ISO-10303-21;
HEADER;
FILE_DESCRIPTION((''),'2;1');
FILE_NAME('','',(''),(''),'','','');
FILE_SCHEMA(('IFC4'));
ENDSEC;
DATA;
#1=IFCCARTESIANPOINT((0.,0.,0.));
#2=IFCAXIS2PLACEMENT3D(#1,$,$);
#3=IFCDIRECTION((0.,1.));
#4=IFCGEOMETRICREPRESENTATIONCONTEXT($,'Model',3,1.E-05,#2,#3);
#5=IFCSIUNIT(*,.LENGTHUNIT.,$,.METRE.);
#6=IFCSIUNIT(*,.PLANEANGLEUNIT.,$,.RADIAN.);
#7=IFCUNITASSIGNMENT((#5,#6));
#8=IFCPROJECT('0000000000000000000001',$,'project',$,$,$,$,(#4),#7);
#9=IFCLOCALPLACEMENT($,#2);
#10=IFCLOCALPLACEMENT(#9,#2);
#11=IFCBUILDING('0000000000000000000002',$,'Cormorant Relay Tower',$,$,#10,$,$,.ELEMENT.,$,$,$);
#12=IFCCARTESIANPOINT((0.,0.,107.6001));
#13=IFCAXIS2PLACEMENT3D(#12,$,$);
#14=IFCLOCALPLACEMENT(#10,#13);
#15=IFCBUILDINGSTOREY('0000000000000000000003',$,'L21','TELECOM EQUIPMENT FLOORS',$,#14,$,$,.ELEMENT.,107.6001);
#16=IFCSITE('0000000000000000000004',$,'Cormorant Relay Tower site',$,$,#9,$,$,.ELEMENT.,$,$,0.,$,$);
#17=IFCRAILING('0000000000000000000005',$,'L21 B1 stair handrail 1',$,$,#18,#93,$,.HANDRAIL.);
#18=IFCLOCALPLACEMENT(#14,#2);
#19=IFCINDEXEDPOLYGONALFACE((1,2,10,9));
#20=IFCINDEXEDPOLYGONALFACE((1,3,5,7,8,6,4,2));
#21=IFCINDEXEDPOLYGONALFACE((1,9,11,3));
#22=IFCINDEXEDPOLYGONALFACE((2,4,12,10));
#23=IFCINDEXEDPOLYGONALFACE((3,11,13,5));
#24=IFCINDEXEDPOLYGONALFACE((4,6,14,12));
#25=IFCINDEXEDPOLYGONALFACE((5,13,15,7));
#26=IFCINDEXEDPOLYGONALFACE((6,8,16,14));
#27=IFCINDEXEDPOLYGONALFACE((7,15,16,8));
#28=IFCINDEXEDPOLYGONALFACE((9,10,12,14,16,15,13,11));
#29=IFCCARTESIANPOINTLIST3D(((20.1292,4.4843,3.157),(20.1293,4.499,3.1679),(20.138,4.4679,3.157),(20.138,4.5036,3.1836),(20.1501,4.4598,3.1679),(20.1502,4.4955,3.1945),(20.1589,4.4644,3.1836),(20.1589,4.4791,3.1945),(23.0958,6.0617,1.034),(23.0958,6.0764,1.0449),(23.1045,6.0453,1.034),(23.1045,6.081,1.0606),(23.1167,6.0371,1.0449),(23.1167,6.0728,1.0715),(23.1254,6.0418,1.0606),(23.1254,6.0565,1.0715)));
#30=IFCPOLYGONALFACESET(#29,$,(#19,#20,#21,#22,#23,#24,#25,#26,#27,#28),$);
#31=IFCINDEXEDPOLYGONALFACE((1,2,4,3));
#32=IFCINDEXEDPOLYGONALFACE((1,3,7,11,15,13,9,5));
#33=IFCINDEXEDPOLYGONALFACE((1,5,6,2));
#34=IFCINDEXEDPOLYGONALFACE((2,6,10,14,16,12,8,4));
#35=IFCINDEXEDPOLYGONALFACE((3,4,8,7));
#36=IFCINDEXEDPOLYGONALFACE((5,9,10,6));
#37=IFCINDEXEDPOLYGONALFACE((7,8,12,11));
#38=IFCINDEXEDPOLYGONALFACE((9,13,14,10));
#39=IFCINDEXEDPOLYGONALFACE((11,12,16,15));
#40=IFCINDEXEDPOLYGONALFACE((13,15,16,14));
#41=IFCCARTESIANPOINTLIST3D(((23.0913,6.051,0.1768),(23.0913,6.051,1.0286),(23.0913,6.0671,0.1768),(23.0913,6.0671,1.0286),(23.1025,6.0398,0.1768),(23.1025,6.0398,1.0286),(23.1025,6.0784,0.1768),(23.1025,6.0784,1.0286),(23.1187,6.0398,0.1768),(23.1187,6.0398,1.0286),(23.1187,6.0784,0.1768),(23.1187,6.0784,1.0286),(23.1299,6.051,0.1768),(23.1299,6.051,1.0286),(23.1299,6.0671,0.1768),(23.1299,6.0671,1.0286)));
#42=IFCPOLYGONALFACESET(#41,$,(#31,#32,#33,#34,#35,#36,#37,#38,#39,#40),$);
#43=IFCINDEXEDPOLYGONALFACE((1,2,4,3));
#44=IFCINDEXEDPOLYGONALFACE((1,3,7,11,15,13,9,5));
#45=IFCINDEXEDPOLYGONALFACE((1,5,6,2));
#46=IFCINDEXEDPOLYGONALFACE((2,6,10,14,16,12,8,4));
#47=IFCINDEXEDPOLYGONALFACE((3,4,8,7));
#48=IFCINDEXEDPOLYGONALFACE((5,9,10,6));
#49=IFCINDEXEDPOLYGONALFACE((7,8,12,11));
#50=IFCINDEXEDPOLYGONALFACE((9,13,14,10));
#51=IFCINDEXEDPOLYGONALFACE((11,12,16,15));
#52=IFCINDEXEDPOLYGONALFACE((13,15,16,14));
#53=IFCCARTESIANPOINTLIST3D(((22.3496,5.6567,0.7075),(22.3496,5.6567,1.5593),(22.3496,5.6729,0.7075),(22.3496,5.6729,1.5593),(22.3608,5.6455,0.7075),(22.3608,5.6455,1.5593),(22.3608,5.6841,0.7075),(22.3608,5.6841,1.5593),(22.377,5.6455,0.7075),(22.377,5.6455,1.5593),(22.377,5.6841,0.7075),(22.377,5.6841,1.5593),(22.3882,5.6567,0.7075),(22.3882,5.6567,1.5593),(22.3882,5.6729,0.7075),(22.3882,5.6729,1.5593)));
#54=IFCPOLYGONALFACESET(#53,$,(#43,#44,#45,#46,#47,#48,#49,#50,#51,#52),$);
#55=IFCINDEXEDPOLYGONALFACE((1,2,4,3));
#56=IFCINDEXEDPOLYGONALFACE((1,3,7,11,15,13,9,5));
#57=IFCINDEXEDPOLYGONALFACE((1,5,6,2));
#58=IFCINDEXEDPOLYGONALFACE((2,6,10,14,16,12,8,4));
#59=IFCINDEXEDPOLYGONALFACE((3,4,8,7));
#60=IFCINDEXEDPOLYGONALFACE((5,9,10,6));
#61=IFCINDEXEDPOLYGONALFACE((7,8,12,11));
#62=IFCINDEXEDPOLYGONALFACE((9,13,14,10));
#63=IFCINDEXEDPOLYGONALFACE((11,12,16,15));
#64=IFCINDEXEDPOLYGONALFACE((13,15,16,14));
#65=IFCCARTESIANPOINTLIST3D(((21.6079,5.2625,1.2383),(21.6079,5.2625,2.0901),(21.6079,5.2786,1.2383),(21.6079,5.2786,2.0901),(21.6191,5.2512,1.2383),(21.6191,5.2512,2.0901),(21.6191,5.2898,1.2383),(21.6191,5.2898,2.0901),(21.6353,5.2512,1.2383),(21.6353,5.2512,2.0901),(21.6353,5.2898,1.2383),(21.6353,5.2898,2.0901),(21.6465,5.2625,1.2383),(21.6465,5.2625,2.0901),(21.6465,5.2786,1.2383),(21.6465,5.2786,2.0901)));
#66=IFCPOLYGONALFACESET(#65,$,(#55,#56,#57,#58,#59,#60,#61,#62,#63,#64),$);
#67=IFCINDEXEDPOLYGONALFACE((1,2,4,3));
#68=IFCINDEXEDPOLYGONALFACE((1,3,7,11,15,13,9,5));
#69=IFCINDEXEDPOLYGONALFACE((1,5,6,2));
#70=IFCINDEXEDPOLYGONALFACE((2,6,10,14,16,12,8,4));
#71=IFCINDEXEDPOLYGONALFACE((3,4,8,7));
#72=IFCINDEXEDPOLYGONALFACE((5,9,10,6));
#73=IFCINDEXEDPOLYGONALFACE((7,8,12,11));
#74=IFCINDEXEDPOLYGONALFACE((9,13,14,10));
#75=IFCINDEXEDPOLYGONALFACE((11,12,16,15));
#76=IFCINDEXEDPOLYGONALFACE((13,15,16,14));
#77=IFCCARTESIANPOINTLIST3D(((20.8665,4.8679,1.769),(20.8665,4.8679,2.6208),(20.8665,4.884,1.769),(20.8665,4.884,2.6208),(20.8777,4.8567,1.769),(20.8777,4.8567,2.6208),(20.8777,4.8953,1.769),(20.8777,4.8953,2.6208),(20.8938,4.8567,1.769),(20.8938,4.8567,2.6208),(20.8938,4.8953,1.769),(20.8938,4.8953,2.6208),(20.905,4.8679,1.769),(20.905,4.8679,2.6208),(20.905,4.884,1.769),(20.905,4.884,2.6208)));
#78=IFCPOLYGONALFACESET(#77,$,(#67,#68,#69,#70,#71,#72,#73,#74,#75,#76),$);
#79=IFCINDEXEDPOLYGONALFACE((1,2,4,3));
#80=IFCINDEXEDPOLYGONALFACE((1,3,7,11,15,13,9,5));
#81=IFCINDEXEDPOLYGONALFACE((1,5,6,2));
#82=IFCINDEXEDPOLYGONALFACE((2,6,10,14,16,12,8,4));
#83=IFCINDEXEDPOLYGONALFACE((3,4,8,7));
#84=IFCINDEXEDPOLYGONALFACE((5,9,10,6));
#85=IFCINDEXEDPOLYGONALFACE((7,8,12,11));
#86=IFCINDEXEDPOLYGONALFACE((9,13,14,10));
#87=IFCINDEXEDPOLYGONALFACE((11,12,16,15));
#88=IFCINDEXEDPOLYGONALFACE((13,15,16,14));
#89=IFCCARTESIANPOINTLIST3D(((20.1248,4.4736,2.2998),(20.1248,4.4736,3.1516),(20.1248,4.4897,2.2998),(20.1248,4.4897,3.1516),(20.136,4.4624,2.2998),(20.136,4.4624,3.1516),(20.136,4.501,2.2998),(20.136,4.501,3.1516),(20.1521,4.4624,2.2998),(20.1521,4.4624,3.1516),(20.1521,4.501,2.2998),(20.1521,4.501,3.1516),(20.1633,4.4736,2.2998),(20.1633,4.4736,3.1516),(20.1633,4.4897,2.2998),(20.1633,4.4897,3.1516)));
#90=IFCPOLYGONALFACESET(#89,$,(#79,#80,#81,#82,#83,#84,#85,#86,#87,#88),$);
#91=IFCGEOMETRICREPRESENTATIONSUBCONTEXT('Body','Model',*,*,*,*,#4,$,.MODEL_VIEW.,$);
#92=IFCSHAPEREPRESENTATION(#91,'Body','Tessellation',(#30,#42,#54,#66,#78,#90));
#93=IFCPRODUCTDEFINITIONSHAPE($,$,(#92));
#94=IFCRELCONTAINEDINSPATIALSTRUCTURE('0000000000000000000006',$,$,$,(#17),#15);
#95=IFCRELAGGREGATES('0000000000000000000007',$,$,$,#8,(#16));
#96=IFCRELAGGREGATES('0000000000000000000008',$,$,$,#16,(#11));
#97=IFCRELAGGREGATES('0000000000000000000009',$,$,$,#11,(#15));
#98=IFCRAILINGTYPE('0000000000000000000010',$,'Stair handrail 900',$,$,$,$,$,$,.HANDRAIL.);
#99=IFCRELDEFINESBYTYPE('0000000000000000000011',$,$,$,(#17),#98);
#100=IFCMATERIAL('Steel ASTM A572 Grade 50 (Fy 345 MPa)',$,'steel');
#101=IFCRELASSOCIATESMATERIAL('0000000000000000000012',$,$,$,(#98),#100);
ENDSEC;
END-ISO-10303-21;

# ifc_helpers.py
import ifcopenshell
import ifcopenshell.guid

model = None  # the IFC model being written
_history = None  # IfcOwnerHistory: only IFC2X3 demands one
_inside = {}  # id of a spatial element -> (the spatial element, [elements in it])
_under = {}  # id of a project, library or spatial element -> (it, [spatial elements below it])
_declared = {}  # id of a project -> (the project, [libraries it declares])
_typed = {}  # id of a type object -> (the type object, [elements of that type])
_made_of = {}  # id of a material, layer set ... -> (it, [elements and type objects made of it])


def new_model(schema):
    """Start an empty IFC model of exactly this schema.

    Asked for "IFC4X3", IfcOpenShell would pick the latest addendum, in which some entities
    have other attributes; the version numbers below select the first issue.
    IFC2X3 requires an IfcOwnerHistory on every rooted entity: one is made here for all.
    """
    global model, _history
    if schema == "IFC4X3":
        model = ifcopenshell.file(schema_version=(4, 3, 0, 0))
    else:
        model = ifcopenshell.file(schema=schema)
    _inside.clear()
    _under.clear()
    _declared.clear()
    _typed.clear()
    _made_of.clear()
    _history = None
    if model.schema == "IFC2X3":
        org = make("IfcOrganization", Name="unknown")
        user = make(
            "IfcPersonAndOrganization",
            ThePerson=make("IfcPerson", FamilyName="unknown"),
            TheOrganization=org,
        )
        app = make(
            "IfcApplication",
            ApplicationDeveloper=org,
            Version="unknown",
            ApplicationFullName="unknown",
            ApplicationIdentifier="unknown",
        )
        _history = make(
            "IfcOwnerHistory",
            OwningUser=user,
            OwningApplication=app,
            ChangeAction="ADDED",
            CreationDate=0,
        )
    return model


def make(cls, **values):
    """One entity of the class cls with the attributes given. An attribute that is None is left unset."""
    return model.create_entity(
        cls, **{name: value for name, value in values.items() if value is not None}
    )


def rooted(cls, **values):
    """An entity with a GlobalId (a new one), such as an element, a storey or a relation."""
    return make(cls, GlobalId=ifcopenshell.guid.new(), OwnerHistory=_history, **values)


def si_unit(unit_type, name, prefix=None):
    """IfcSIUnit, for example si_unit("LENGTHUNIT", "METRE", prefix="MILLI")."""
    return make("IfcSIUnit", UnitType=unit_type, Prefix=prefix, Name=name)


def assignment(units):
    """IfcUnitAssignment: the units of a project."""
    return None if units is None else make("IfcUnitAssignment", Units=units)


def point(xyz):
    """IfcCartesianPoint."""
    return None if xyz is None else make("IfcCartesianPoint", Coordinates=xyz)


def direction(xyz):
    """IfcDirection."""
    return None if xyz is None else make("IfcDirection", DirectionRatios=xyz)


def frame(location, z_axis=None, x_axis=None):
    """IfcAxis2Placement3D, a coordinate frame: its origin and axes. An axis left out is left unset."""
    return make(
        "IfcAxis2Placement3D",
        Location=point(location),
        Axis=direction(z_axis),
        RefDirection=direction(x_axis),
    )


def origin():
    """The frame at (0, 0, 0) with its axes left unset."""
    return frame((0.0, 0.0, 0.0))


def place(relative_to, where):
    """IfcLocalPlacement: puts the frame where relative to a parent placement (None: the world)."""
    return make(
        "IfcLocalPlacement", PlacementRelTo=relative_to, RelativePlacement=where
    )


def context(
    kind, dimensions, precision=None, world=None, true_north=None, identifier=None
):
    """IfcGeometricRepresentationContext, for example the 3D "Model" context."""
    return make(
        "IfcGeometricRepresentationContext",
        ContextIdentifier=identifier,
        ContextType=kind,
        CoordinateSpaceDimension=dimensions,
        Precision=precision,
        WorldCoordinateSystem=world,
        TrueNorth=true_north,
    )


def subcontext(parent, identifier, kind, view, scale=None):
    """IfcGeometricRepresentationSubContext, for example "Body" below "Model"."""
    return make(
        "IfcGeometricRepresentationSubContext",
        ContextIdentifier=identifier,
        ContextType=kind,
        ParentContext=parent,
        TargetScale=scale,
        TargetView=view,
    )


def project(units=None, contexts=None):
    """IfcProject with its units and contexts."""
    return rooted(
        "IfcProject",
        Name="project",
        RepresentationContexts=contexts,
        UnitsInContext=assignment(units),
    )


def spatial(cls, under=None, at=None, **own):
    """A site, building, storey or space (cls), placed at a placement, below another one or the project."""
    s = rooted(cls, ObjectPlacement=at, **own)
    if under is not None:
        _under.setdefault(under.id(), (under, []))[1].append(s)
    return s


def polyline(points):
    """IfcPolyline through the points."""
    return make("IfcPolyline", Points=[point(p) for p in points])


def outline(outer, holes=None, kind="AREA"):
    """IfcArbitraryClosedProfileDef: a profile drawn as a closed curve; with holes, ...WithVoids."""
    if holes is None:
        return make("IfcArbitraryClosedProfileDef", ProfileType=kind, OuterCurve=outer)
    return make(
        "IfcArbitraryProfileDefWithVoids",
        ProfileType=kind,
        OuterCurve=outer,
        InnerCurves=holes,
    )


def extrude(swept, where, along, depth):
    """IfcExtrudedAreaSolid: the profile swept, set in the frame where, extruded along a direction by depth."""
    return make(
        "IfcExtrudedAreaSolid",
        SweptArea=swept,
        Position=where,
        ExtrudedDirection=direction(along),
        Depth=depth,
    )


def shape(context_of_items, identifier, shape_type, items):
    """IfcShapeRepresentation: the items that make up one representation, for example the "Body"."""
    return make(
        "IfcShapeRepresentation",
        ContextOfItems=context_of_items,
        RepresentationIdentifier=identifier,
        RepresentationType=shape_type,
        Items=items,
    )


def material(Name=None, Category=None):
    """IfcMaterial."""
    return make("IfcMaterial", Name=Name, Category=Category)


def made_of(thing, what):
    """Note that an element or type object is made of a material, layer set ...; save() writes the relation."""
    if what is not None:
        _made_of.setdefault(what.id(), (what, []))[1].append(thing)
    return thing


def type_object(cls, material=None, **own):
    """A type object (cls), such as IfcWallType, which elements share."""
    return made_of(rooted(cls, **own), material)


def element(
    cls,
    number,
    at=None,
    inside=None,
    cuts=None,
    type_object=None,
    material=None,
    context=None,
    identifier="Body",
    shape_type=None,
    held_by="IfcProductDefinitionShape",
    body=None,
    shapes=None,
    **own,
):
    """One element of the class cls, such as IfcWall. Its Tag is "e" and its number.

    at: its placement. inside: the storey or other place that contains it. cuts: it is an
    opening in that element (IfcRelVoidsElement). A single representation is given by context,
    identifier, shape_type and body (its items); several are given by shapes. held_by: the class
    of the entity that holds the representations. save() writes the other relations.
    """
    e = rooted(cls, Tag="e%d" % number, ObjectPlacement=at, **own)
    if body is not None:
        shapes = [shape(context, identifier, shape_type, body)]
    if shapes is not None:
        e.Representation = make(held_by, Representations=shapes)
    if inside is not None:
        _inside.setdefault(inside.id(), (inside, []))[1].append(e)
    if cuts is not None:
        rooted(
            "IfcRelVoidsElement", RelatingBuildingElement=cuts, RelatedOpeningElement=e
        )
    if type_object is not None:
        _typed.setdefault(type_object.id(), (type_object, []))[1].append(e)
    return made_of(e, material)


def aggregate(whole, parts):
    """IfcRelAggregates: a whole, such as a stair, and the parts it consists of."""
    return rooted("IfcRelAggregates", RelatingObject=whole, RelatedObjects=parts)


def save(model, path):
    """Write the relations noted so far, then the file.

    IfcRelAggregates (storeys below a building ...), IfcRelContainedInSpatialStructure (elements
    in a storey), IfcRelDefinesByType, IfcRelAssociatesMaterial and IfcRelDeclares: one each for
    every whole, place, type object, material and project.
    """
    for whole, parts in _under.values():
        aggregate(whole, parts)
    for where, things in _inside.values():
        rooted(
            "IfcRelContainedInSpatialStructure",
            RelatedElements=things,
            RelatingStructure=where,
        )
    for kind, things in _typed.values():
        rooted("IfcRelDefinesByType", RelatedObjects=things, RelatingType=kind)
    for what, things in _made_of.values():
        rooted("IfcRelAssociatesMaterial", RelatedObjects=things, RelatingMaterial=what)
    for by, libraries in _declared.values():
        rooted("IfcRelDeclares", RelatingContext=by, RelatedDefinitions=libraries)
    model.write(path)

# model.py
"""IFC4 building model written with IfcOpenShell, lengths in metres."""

from ifc_helpers import new_model, si_unit, direction, frame, origin, place, context, subcontext, project, spatial, polyline, outline, extrude, material, type_object, element, save


model = new_model("IFC4")

# Units and contexts
model_context = context("Model", 3, precision=1e-05, world=origin(), true_north=direction((0.0, 1.0)))
body_context = subcontext(model_context, "Body", "Model", "MODEL_VIEW")
ifc_project = project(units=[si_unit("LENGTHUNIT", "METRE"), si_unit("PLANEANGLEUNIT", "RADIAN")], contexts=[model_context])

# Site, building, storey
site_placement = place(None, origin())
site = spatial("IfcSite", under=ifc_project, at=site_placement, Name="Cormorant Relay Tower site", CompositionType="ELEMENT", RefElevation=0.0)
building_placement = place(site_placement, origin())
building = spatial("IfcBuilding", under=site, at=building_placement, Name="Cormorant Relay Tower", CompositionType="ELEMENT")
storey_placement = place(building_placement, frame((0.0, 0.0, 107.6001)))
storey = spatial("IfcBuildingStorey", under=building, at=storey_placement, Name="L21", Description="TELECOM EQUIPMENT FLOORS", CompositionType="ELEMENT", Elevation=107.6001)

# Railing
ifc_material_1 = material(Name="Steel ASTM A572 Grade 50 (Fy 345 MPa)", Category="steel")
railing_type = type_object("IfcRailingType", Name="Stair handrail 900", PredefinedType="HANDRAIL", material=ifc_material_1)
railing_placement = place(storey_placement, frame((23.1106, 6.0591, 0.1768)))
element("IfcRailing", 1, at=railing_placement, inside=storey, type_object=railing_type, Name="L21 B1 stair handrail 1", PredefinedType="HANDRAIL", context=body_context, shape_type="SweptSolid", body=[
    extrude(outline(polyline([(0.0222, 0.0093), (0.0093, 0.0222), (-0.0093, 0.0222), (-0.0222, 0.0093), (-0.0222, -0.0093), (-0.0093, -0.0222), (0.0093, -0.0222), (0.0222, -0.0093), (0.0222, 0.0093)])), frame((0.0, 0.0, 0.876), z_axis=(-0.746413, -0.396887, 0.534179), x_axis=(0.469483, -0.882942, 0.0)), (0.0, 0.0, 1.0), 3.9744),
    extrude(outline(polyline([(0.0193, 0.0081), (0.0081, 0.0193), (-0.0081, 0.0193), (-0.0193, 0.0081), (-0.0193, -0.0081), (-0.0081, -0.0193), (0.0081, -0.0193), (0.0193, -0.0081), (0.0193, 0.0081)])), origin(), (0.0, 0.0, 1.0), 0.8518),
    extrude(outline(polyline([(0.0193, 0.0081), (0.0081, 0.0193), (-0.0081, 0.0193), (-0.0193, 0.0081), (-0.0193, -0.0081), (-0.0081, -0.0193), (0.0081, -0.0193), (0.0193, -0.0081), (0.0193, 0.0081)])), frame((-0.7417, -0.3943, 0.5308)), (0.0, 0.0, 1.0), 0.8518),
    extrude(outline(polyline([(0.0193, 0.0081), (0.0081, 0.0193), (-0.0081, 0.0193), (-0.0193, 0.0081), (-0.0193, -0.0081), (-0.0081, -0.0193), (0.0081, -0.0193), (0.0193, -0.0081), (0.0193, 0.0081)])), frame((-1.4834, -0.7886, 1.0615)), (0.0, 0.0, 1.0), 0.8518),
    extrude(outline(polyline([(0.0193, 0.0081), (0.0081, 0.0193), (-0.0081, 0.0193), (-0.0193, 0.0081), (-0.0193, -0.0081), (-0.0081, -0.0193), (0.0081, -0.0193), (0.0193, -0.0081), (0.0193, 0.0081)])), frame((-2.2249, -1.1831, 1.5923)), (0.0, 0.0, 1.0), 0.8518),
    extrude(outline(polyline([(0.0193, 0.0081), (0.0081, 0.0193), (-0.0081, 0.0193), (-0.0193, 0.0081), (-0.0193, -0.0081), (-0.0081, -0.0193), (0.0081, -0.0193), (0.0193, -0.0081), (0.0193, 0.0081)])), frame((-2.9666, -1.5774, 2.123)), (0.0, 0.0, 1.0), 0.8518),
])

save(model, "model.ifc")
